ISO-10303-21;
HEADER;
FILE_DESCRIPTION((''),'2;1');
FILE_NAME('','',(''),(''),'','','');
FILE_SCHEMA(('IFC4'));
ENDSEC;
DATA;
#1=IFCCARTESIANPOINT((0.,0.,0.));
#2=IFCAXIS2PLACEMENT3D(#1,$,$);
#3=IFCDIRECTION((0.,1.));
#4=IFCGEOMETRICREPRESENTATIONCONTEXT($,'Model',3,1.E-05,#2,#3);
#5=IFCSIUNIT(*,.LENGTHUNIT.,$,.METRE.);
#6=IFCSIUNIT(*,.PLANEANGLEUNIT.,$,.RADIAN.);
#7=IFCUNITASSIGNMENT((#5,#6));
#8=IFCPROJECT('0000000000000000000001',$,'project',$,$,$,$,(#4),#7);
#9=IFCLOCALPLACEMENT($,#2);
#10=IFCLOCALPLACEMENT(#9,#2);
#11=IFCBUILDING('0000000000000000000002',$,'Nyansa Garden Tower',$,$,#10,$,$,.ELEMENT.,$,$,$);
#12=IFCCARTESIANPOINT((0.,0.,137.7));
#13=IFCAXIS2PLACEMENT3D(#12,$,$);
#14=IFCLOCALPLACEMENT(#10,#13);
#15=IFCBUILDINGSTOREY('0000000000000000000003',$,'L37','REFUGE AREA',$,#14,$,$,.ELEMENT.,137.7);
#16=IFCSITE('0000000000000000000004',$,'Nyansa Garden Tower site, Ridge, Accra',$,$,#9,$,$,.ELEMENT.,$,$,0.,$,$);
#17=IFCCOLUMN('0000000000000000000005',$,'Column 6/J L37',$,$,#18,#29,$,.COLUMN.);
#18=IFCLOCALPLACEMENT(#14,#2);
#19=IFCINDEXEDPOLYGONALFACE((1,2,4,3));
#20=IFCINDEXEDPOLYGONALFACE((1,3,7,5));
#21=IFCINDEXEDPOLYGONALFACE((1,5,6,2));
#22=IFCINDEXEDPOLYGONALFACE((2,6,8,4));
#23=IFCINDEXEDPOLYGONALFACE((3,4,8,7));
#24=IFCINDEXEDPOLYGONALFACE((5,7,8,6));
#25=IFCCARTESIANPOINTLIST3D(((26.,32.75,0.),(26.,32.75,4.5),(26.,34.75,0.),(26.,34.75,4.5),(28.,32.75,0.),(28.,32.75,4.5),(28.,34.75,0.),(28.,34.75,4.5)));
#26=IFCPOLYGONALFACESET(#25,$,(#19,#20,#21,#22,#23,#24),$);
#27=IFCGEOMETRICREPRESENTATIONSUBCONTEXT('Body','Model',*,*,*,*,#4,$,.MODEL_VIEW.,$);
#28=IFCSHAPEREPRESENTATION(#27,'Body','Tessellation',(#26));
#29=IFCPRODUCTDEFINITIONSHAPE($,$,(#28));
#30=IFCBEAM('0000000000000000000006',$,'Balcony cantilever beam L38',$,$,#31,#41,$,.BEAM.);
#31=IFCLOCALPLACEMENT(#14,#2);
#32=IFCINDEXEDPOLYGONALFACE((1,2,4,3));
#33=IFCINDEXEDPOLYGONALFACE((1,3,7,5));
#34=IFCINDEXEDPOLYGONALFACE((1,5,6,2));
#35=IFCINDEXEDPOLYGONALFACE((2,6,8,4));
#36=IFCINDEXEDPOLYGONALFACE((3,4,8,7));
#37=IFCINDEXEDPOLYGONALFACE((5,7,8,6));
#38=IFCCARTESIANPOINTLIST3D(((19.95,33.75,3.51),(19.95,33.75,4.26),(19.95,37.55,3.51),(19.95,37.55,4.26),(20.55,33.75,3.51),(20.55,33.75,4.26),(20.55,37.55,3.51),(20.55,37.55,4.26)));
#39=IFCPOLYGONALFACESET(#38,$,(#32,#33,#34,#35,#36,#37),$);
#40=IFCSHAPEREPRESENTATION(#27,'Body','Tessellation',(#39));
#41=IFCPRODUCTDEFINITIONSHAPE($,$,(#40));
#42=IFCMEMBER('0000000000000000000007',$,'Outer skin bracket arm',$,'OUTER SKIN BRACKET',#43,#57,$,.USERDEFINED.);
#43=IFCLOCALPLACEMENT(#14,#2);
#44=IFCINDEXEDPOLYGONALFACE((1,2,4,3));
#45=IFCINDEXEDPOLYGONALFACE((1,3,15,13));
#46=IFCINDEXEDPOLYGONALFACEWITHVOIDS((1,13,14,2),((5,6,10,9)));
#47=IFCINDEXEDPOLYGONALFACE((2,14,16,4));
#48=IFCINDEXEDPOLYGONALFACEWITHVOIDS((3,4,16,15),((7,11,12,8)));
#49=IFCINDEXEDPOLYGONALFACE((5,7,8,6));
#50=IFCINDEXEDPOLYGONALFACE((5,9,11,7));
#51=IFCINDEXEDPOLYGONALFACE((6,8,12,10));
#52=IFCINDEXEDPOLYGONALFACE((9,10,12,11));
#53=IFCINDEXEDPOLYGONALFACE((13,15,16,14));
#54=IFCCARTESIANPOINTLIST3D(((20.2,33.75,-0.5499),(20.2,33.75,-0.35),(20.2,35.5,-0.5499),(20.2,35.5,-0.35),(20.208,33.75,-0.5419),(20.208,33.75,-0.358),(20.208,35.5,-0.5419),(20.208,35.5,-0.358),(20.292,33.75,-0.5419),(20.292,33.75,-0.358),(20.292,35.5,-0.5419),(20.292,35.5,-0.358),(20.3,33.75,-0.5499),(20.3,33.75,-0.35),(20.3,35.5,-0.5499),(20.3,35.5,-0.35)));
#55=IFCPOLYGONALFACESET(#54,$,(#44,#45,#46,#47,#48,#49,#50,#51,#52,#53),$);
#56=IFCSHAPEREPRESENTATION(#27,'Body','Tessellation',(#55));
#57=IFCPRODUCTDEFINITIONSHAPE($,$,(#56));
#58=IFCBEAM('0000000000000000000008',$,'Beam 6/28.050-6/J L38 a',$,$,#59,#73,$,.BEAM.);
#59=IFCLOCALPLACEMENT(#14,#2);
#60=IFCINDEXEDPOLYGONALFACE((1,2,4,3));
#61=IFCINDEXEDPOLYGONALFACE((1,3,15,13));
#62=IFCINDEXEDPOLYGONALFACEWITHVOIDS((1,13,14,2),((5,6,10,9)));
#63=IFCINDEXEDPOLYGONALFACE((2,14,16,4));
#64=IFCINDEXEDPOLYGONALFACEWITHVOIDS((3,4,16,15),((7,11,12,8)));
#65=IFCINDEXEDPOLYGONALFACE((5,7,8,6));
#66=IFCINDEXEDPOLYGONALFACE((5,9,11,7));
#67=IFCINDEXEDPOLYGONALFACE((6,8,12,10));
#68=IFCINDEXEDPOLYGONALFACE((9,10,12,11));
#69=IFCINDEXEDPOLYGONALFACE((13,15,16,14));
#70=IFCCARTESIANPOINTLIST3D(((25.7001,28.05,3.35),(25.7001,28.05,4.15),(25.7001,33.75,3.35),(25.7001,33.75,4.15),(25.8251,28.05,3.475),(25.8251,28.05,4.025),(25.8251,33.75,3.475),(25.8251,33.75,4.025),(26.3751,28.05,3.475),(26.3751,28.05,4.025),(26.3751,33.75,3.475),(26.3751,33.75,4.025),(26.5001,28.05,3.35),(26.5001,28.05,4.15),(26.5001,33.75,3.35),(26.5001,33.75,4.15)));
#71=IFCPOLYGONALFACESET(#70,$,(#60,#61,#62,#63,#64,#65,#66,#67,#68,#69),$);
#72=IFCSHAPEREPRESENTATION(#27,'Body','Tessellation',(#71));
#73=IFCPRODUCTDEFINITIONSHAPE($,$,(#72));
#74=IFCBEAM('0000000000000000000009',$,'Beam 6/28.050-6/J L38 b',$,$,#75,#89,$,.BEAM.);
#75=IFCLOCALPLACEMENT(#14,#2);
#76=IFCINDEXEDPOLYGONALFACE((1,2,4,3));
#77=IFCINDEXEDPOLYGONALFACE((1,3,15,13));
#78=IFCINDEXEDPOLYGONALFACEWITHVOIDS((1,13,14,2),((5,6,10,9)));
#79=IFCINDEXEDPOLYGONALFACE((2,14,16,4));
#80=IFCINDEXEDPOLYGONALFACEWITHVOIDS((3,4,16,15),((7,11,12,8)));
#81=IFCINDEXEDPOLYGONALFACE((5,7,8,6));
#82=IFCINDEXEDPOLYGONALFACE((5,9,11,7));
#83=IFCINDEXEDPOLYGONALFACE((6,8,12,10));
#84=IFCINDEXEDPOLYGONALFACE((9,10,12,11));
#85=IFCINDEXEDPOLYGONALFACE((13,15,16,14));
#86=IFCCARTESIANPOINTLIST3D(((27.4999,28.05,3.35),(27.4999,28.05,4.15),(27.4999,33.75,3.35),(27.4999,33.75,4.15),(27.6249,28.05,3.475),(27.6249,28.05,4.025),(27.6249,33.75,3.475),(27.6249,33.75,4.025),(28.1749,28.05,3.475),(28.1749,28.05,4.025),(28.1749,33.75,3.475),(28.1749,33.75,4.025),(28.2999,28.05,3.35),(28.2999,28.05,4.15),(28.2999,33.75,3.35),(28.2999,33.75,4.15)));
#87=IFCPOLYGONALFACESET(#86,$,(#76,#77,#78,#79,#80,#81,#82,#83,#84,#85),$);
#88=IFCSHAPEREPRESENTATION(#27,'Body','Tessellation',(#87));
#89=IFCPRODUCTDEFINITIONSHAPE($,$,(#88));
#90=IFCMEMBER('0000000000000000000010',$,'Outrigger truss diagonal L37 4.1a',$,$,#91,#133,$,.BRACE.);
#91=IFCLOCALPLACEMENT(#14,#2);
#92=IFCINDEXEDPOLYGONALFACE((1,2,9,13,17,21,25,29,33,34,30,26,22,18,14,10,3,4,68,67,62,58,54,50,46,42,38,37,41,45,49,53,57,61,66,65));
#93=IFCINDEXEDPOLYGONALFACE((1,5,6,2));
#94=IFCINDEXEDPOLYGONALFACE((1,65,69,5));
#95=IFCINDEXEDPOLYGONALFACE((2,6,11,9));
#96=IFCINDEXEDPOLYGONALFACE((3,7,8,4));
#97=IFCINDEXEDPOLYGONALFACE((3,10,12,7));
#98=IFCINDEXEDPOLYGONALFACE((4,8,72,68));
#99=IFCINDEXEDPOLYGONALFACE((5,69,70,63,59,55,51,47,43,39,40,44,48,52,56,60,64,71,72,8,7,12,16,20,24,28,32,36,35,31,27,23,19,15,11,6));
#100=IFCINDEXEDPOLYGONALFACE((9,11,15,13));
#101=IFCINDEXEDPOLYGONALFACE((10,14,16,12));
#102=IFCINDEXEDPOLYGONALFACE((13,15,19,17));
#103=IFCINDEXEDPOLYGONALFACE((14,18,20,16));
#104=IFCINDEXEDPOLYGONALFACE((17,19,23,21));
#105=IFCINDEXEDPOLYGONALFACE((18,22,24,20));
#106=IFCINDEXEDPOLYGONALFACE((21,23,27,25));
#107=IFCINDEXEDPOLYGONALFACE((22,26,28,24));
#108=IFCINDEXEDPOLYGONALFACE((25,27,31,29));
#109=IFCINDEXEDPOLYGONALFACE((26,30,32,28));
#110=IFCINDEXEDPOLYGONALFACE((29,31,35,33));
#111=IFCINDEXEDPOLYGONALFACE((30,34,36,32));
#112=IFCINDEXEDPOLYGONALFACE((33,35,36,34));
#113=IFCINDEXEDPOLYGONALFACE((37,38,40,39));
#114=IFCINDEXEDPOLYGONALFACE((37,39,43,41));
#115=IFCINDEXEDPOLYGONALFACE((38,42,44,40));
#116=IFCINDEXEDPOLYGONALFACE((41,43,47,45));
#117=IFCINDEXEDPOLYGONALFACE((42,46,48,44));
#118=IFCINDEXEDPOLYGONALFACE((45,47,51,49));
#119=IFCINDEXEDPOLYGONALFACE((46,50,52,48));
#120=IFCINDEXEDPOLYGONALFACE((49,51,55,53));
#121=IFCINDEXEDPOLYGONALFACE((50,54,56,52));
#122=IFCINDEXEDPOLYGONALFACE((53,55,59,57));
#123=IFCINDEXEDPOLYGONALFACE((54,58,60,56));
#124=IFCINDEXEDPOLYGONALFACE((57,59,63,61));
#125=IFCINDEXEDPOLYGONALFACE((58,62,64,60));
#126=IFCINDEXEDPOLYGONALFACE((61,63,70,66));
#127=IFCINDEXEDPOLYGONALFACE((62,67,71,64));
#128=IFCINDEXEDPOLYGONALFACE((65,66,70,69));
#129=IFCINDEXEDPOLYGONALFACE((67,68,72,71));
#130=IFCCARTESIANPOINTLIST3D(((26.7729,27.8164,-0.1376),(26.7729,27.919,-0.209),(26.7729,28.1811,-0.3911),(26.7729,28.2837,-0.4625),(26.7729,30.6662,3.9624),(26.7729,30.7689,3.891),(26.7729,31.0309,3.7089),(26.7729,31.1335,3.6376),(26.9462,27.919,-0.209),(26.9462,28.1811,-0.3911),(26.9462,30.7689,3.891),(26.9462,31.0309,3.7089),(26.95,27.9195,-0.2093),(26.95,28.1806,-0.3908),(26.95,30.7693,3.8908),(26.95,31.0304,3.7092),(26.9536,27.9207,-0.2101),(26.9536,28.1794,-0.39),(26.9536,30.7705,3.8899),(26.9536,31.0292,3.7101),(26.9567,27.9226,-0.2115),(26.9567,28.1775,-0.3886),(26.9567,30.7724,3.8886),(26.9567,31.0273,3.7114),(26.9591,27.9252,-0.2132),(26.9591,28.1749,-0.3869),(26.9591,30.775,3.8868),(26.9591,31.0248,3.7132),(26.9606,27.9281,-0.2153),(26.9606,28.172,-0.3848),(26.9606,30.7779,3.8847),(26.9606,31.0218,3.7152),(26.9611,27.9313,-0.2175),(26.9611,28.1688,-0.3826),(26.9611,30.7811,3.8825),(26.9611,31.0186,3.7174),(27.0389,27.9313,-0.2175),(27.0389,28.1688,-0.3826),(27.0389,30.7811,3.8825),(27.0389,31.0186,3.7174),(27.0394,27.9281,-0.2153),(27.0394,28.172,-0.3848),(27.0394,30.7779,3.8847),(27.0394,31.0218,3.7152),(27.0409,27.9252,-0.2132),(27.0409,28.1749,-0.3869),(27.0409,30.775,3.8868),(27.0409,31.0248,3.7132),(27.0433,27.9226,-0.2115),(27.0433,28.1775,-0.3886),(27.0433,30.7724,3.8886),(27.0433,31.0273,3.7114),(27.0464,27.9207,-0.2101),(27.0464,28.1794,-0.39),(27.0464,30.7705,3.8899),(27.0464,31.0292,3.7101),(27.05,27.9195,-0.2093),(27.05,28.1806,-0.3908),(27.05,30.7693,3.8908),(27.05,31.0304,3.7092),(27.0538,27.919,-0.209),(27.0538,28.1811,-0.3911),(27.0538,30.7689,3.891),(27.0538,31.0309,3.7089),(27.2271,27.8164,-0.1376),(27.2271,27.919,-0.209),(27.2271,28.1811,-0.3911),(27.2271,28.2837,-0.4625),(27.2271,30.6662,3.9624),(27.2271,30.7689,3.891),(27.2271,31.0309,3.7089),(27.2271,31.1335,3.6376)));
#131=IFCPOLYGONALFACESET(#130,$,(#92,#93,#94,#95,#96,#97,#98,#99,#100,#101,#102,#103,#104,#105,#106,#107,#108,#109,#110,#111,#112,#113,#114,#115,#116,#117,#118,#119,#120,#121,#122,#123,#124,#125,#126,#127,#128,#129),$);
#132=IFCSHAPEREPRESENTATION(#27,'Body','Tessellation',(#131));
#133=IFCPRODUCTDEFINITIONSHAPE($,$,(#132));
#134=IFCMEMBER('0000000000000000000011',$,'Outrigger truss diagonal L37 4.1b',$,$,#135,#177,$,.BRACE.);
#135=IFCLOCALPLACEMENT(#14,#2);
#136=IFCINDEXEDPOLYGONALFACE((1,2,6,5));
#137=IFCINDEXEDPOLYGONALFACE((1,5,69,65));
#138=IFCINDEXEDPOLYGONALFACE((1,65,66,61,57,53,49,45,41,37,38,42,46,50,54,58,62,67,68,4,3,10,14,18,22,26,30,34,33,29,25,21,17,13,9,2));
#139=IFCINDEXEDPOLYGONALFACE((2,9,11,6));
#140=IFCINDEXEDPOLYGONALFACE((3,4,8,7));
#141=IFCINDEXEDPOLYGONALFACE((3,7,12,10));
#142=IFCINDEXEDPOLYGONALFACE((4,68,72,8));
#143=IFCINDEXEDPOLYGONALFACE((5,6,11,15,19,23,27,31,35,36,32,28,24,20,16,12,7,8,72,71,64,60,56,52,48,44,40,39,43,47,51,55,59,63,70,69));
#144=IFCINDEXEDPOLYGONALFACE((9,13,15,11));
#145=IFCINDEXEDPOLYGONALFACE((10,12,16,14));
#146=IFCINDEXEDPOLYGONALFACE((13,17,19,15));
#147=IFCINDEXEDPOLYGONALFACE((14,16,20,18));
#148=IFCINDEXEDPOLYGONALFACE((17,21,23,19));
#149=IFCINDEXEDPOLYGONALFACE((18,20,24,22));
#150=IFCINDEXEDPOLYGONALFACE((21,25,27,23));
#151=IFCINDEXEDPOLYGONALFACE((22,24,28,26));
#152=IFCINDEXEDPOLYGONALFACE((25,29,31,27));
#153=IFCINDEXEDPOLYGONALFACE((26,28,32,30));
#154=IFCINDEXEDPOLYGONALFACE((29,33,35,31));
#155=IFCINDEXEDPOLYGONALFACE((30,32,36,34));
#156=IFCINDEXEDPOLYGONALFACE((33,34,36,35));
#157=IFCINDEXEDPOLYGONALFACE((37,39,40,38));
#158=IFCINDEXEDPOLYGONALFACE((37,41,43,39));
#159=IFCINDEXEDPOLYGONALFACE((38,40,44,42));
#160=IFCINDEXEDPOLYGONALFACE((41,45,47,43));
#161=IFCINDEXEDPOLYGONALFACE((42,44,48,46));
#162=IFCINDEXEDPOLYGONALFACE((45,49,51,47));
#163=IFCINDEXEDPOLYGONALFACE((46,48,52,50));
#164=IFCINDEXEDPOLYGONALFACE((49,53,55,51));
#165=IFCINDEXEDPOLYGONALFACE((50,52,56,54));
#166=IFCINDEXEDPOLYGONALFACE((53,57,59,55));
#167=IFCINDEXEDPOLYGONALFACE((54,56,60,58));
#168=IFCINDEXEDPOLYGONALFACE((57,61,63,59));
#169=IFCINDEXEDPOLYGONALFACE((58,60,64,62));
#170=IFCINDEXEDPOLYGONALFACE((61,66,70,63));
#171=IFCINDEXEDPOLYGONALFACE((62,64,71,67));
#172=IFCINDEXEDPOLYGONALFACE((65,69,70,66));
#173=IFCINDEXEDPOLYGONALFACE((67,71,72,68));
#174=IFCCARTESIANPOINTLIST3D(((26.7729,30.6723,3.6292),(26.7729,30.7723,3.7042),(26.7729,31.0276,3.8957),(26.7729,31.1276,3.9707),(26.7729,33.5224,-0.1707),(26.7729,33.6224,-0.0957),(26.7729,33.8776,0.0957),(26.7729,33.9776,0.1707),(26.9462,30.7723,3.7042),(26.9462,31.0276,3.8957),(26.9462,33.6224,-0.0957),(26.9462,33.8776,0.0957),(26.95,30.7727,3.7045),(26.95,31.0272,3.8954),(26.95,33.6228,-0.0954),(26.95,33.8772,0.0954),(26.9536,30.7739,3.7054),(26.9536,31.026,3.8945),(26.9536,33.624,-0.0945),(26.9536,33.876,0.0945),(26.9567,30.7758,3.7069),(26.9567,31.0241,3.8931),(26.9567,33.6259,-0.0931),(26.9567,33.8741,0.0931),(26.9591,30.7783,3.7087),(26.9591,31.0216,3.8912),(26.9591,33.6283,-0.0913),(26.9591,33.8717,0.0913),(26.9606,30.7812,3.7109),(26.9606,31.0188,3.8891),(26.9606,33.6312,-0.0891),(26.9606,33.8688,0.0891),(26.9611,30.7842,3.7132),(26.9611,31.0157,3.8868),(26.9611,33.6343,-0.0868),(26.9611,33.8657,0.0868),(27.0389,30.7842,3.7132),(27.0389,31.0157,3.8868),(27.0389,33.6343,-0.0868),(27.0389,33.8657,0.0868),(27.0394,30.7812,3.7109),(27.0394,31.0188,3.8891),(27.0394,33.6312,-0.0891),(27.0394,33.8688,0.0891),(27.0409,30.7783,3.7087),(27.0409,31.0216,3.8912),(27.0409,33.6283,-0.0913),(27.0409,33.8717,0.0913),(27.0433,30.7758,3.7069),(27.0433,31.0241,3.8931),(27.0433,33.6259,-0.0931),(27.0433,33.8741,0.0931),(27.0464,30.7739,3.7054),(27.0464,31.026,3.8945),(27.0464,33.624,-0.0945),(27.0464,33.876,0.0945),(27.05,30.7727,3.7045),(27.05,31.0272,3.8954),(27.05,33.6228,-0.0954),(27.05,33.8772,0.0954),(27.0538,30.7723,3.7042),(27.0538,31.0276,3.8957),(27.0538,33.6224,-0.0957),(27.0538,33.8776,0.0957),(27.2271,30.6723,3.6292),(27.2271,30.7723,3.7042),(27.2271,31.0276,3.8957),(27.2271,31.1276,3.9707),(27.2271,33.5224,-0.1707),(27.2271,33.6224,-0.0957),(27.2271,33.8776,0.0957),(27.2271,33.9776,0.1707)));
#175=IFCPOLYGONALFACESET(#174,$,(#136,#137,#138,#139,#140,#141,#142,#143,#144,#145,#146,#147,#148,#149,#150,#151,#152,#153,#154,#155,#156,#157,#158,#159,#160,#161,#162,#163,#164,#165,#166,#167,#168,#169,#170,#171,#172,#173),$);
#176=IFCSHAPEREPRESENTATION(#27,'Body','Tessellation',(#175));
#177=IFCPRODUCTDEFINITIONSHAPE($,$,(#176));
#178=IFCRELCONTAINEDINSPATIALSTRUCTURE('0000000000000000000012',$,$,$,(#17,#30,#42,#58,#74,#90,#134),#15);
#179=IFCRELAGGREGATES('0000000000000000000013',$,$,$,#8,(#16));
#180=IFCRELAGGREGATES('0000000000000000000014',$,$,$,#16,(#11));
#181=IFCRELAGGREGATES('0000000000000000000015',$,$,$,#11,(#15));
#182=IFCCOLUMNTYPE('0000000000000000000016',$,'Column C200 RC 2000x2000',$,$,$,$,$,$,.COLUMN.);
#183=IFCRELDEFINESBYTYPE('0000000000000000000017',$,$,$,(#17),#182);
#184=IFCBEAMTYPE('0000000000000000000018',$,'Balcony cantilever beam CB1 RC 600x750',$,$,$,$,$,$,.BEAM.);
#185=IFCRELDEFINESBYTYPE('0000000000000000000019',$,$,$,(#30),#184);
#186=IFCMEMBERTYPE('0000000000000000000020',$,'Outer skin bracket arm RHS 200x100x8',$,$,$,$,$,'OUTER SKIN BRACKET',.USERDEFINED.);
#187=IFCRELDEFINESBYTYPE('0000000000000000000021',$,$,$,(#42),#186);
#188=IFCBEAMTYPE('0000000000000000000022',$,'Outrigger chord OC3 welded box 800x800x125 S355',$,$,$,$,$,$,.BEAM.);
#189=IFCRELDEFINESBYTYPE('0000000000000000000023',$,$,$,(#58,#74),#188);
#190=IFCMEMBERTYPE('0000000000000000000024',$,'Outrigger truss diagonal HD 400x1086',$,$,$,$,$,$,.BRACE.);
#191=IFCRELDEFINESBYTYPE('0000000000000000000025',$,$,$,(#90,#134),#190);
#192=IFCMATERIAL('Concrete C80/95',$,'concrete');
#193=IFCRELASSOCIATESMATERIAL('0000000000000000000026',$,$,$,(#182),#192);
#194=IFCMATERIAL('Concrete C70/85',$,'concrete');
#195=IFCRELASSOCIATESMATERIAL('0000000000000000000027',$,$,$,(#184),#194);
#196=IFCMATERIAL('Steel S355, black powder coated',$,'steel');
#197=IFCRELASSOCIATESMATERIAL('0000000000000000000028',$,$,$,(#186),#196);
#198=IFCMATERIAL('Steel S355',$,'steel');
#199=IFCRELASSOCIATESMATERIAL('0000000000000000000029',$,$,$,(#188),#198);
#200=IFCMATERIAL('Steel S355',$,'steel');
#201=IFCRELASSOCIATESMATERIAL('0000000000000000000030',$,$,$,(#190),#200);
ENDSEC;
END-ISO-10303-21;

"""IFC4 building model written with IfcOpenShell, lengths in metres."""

from ifc_helpers import new_model, si_unit, direction, frame, origin, origin_2d, place, context, subcontext, project, spatial, rectangle, hollow_rectangle, i_section, extrude, material, material_profile, profile_set, type_object, element, save


model = new_model("IFC4")

# Units and contexts
model_context = context("Model", 3, precision=1e-05, world=origin(), true_north=direction((0.0, 1.0)))
body_context = subcontext(model_context, "Body", "Model", "MODEL_VIEW")
ifc_project = project(units=[si_unit("LENGTHUNIT", "METRE"), si_unit("PLANEANGLEUNIT", "RADIAN")], contexts=[model_context])

# Site, building, storey
site_placement = place(None, origin())
site = spatial("IfcSite", under=ifc_project, at=site_placement, Name="Nyansa Garden Tower site, Ridge, Accra", CompositionType="ELEMENT", RefElevation=0.0)
building_placement = place(site_placement, origin())
building = spatial("IfcBuilding", under=site, at=building_placement, Name="Nyansa Garden Tower", CompositionType="ELEMENT")
storey_placement = place(building_placement, frame((0.0, 0.0, 137.7)))
storey = spatial("IfcBuildingStorey", under=building, at=storey_placement, Name="L37", Description="REFUGE AREA", CompositionType="ELEMENT", Elevation=137.7)

# Column
ifc_material_1 = material(Name="Concrete C80/95", Category="concrete")
ifc_material_profile_1 = material_profile(ifc_material_1, rectangle(XDim=2.0, YDim=2.0, at=origin_2d()), Name="RC 2000x2000")
ifc_profile_set_1 = profile_set([ifc_material_profile_1], Name="Concrete C80/95")
column_type = type_object("IfcColumnType", Name="Column C200 RC 2000x2000", PredefinedType="COLUMN", material=ifc_profile_set_1)
column_placement = place(storey_placement, frame((27.0, 33.75, 0.0), z_axis=(0.0, 0.0, 1.0), x_axis=(1.0, 0.0, 0.0)))
element("IfcColumn", 1, at=column_placement, inside=storey, type_object=column_type, Name="Column 6/J L37", PredefinedType="COLUMN", context=body_context, shape_type="SweptSolid", body=[
    extrude(rectangle(XDim=2.0, YDim=2.0, at=origin_2d()), origin(), (0.0, 0.0, 1.0), 4.5),
])

# Beam
ifc_material_2 = material(Name="Concrete C70/85", Category="concrete")
ifc_material_profile_2 = material_profile(ifc_material_2, rectangle(XDim=0.6001, YDim=0.75, at=origin_2d()), Name="RC 600x750")
ifc_profile_set_2 = profile_set([ifc_material_profile_2], Name="Concrete C70/85")
beam_type_1 = type_object("IfcBeamType", Name="Balcony cantilever beam CB1 RC 600x750", PredefinedType="BEAM", material=ifc_profile_set_2)
beam_1_placement = place(storey_placement, frame((20.25, 33.75, 3.885), z_axis=(0.0, 1.0, 0.0), x_axis=(-1.0, 0.0, 0.0)))
element("IfcBeam", 2, at=beam_1_placement, inside=storey, type_object=beam_type_1, Name="Balcony cantilever beam L38", PredefinedType="BEAM", context=body_context, shape_type="SweptSolid", body=[
    extrude(rectangle(XDim=0.6001, YDim=0.75, at=origin_2d()), origin(), (0.0, 0.0, 1.0), 3.8),
])

# Member
ifc_material_3 = material(Name="Steel S355, black powder coated", Category="steel")
ifc_material_profile_3 = material_profile(ifc_material_3, hollow_rectangle(XDim=0.1001, YDim=0.2, WallThickness=0.0081, at=origin_2d()), Name="RHS 200x100x8")
ifc_profile_set_3 = profile_set([ifc_material_profile_3], Name="Steel S355, black powder coated")
member_type_1 = type_object("IfcMemberType", Name="Outer skin bracket arm RHS 200x100x8", ElementType="OUTER SKIN BRACKET", PredefinedType="USERDEFINED", material=ifc_profile_set_3)
member_1_placement = place(storey_placement, frame((20.25, 33.75, -0.45), z_axis=(0.0, 1.0, 0.0), x_axis=(-1.0, 0.0, 0.0)))
element("IfcMember", 3, at=member_1_placement, inside=storey, type_object=member_type_1, Name="Outer skin bracket arm", ObjectType="OUTER SKIN BRACKET", PredefinedType="USERDEFINED", context=body_context, shape_type="SweptSolid", body=[
    extrude(hollow_rectangle(XDim=0.1001, YDim=0.2, WallThickness=0.0081, at=origin_2d()), origin(), (0.0, 0.0, 1.0), 1.75),
])

# Beams
ifc_material_4 = material(Name="Steel S355", Category="steel")
ifc_material_profile_4 = material_profile(ifc_material_4, hollow_rectangle(XDim=0.8, YDim=0.8, WallThickness=0.125, at=origin_2d()), Name="Welded box 800x800x125")
ifc_profile_set_4 = profile_set([ifc_material_profile_4], Name="Steel S355")
beam_type_2 = type_object("IfcBeamType", Name="Outrigger chord OC3 welded box 800x800x125 S355", PredefinedType="BEAM", material=ifc_profile_set_4)
for number, where, z_axis, x_axis, name in (
    (4, (26.1001, 28.05, 3.75), (0.0, 1.0, 0.0), (-1.0, 0.0, 0.0), "Beam 6/28.050-6/J L38 a"),
    (5, (27.8999, 28.05, 3.75), (0.0, 1.0, 0.0), (-1.0, 0.0, 0.0), "Beam 6/28.050-6/J L38 b"),
):
    element("IfcBeam", number, at=place(storey_placement, frame(where, z_axis=z_axis, x_axis=x_axis)), inside=storey, type_object=beam_type_2, Name=name, PredefinedType="BEAM", context=body_context, shape_type="SweptSolid", body=[
        extrude(hollow_rectangle(XDim=0.8, YDim=0.8, WallThickness=0.125, at=origin_2d()), origin(), (0.0, 0.0, 1.0), 5.7),
    ])

# Members
ifc_material_5 = material(Name="Steel S355", Category="steel")
ifc_material_profile_5 = material_profile(ifc_material_5, i_section(OverallWidth=0.4541, OverallDepth=0.5691, WebThickness=0.0779, FlangeThickness=0.125, FilletRadius=0.0149, at=origin_2d()), Name="HD 400x1086")
ifc_profile_set_5 = profile_set([ifc_material_profile_5], Name="Steel S355")
member_type_2 = type_object("IfcMemberType", Name="Outrigger truss diagonal HD 400x1086", PredefinedType="BRACE", material=ifc_profile_set_5)
member_2_placement = place(storey_placement, frame((27.0, 28.05, -0.3), z_axis=(0.0, 0.570742, 0.821129), x_axis=(-1.0, 0.0, 0.0)))
element("IfcMember", 6, at=member_2_placement, inside=storey, type_object=member_type_2, Name="Outrigger truss diagonal L37 4.1a", PredefinedType="BRACE", context=body_context, shape_type="SweptSolid", body=[
    extrude(i_section(OverallWidth=0.4541, OverallDepth=0.5691, WebThickness=0.0779, FlangeThickness=0.125, FilletRadius=0.0149, at=origin_2d()), origin(), (0.0, 0.0, 1.0), 4.9932),
])
member_3_placement = place(storey_placement, frame((27.0, 33.75, 0.0), z_axis=(0.0, -0.600008, 0.799994), x_axis=(1.0, 0.0, 0.0)))
element("IfcMember", 7, at=member_3_placement, inside=storey, type_object=member_type_2, Name="Outrigger truss diagonal L37 4.1b", PredefinedType="BRACE", context=body_context, shape_type="SweptSolid", body=[
    extrude(i_section(OverallWidth=0.4541, OverallDepth=0.5691, WebThickness=0.0779, FlangeThickness=0.125, FilletRadius=0.0149, at=origin_2d()), origin(), (0.0, 0.0, 1.0), 4.75),
])

save(model, "model.ifc")
